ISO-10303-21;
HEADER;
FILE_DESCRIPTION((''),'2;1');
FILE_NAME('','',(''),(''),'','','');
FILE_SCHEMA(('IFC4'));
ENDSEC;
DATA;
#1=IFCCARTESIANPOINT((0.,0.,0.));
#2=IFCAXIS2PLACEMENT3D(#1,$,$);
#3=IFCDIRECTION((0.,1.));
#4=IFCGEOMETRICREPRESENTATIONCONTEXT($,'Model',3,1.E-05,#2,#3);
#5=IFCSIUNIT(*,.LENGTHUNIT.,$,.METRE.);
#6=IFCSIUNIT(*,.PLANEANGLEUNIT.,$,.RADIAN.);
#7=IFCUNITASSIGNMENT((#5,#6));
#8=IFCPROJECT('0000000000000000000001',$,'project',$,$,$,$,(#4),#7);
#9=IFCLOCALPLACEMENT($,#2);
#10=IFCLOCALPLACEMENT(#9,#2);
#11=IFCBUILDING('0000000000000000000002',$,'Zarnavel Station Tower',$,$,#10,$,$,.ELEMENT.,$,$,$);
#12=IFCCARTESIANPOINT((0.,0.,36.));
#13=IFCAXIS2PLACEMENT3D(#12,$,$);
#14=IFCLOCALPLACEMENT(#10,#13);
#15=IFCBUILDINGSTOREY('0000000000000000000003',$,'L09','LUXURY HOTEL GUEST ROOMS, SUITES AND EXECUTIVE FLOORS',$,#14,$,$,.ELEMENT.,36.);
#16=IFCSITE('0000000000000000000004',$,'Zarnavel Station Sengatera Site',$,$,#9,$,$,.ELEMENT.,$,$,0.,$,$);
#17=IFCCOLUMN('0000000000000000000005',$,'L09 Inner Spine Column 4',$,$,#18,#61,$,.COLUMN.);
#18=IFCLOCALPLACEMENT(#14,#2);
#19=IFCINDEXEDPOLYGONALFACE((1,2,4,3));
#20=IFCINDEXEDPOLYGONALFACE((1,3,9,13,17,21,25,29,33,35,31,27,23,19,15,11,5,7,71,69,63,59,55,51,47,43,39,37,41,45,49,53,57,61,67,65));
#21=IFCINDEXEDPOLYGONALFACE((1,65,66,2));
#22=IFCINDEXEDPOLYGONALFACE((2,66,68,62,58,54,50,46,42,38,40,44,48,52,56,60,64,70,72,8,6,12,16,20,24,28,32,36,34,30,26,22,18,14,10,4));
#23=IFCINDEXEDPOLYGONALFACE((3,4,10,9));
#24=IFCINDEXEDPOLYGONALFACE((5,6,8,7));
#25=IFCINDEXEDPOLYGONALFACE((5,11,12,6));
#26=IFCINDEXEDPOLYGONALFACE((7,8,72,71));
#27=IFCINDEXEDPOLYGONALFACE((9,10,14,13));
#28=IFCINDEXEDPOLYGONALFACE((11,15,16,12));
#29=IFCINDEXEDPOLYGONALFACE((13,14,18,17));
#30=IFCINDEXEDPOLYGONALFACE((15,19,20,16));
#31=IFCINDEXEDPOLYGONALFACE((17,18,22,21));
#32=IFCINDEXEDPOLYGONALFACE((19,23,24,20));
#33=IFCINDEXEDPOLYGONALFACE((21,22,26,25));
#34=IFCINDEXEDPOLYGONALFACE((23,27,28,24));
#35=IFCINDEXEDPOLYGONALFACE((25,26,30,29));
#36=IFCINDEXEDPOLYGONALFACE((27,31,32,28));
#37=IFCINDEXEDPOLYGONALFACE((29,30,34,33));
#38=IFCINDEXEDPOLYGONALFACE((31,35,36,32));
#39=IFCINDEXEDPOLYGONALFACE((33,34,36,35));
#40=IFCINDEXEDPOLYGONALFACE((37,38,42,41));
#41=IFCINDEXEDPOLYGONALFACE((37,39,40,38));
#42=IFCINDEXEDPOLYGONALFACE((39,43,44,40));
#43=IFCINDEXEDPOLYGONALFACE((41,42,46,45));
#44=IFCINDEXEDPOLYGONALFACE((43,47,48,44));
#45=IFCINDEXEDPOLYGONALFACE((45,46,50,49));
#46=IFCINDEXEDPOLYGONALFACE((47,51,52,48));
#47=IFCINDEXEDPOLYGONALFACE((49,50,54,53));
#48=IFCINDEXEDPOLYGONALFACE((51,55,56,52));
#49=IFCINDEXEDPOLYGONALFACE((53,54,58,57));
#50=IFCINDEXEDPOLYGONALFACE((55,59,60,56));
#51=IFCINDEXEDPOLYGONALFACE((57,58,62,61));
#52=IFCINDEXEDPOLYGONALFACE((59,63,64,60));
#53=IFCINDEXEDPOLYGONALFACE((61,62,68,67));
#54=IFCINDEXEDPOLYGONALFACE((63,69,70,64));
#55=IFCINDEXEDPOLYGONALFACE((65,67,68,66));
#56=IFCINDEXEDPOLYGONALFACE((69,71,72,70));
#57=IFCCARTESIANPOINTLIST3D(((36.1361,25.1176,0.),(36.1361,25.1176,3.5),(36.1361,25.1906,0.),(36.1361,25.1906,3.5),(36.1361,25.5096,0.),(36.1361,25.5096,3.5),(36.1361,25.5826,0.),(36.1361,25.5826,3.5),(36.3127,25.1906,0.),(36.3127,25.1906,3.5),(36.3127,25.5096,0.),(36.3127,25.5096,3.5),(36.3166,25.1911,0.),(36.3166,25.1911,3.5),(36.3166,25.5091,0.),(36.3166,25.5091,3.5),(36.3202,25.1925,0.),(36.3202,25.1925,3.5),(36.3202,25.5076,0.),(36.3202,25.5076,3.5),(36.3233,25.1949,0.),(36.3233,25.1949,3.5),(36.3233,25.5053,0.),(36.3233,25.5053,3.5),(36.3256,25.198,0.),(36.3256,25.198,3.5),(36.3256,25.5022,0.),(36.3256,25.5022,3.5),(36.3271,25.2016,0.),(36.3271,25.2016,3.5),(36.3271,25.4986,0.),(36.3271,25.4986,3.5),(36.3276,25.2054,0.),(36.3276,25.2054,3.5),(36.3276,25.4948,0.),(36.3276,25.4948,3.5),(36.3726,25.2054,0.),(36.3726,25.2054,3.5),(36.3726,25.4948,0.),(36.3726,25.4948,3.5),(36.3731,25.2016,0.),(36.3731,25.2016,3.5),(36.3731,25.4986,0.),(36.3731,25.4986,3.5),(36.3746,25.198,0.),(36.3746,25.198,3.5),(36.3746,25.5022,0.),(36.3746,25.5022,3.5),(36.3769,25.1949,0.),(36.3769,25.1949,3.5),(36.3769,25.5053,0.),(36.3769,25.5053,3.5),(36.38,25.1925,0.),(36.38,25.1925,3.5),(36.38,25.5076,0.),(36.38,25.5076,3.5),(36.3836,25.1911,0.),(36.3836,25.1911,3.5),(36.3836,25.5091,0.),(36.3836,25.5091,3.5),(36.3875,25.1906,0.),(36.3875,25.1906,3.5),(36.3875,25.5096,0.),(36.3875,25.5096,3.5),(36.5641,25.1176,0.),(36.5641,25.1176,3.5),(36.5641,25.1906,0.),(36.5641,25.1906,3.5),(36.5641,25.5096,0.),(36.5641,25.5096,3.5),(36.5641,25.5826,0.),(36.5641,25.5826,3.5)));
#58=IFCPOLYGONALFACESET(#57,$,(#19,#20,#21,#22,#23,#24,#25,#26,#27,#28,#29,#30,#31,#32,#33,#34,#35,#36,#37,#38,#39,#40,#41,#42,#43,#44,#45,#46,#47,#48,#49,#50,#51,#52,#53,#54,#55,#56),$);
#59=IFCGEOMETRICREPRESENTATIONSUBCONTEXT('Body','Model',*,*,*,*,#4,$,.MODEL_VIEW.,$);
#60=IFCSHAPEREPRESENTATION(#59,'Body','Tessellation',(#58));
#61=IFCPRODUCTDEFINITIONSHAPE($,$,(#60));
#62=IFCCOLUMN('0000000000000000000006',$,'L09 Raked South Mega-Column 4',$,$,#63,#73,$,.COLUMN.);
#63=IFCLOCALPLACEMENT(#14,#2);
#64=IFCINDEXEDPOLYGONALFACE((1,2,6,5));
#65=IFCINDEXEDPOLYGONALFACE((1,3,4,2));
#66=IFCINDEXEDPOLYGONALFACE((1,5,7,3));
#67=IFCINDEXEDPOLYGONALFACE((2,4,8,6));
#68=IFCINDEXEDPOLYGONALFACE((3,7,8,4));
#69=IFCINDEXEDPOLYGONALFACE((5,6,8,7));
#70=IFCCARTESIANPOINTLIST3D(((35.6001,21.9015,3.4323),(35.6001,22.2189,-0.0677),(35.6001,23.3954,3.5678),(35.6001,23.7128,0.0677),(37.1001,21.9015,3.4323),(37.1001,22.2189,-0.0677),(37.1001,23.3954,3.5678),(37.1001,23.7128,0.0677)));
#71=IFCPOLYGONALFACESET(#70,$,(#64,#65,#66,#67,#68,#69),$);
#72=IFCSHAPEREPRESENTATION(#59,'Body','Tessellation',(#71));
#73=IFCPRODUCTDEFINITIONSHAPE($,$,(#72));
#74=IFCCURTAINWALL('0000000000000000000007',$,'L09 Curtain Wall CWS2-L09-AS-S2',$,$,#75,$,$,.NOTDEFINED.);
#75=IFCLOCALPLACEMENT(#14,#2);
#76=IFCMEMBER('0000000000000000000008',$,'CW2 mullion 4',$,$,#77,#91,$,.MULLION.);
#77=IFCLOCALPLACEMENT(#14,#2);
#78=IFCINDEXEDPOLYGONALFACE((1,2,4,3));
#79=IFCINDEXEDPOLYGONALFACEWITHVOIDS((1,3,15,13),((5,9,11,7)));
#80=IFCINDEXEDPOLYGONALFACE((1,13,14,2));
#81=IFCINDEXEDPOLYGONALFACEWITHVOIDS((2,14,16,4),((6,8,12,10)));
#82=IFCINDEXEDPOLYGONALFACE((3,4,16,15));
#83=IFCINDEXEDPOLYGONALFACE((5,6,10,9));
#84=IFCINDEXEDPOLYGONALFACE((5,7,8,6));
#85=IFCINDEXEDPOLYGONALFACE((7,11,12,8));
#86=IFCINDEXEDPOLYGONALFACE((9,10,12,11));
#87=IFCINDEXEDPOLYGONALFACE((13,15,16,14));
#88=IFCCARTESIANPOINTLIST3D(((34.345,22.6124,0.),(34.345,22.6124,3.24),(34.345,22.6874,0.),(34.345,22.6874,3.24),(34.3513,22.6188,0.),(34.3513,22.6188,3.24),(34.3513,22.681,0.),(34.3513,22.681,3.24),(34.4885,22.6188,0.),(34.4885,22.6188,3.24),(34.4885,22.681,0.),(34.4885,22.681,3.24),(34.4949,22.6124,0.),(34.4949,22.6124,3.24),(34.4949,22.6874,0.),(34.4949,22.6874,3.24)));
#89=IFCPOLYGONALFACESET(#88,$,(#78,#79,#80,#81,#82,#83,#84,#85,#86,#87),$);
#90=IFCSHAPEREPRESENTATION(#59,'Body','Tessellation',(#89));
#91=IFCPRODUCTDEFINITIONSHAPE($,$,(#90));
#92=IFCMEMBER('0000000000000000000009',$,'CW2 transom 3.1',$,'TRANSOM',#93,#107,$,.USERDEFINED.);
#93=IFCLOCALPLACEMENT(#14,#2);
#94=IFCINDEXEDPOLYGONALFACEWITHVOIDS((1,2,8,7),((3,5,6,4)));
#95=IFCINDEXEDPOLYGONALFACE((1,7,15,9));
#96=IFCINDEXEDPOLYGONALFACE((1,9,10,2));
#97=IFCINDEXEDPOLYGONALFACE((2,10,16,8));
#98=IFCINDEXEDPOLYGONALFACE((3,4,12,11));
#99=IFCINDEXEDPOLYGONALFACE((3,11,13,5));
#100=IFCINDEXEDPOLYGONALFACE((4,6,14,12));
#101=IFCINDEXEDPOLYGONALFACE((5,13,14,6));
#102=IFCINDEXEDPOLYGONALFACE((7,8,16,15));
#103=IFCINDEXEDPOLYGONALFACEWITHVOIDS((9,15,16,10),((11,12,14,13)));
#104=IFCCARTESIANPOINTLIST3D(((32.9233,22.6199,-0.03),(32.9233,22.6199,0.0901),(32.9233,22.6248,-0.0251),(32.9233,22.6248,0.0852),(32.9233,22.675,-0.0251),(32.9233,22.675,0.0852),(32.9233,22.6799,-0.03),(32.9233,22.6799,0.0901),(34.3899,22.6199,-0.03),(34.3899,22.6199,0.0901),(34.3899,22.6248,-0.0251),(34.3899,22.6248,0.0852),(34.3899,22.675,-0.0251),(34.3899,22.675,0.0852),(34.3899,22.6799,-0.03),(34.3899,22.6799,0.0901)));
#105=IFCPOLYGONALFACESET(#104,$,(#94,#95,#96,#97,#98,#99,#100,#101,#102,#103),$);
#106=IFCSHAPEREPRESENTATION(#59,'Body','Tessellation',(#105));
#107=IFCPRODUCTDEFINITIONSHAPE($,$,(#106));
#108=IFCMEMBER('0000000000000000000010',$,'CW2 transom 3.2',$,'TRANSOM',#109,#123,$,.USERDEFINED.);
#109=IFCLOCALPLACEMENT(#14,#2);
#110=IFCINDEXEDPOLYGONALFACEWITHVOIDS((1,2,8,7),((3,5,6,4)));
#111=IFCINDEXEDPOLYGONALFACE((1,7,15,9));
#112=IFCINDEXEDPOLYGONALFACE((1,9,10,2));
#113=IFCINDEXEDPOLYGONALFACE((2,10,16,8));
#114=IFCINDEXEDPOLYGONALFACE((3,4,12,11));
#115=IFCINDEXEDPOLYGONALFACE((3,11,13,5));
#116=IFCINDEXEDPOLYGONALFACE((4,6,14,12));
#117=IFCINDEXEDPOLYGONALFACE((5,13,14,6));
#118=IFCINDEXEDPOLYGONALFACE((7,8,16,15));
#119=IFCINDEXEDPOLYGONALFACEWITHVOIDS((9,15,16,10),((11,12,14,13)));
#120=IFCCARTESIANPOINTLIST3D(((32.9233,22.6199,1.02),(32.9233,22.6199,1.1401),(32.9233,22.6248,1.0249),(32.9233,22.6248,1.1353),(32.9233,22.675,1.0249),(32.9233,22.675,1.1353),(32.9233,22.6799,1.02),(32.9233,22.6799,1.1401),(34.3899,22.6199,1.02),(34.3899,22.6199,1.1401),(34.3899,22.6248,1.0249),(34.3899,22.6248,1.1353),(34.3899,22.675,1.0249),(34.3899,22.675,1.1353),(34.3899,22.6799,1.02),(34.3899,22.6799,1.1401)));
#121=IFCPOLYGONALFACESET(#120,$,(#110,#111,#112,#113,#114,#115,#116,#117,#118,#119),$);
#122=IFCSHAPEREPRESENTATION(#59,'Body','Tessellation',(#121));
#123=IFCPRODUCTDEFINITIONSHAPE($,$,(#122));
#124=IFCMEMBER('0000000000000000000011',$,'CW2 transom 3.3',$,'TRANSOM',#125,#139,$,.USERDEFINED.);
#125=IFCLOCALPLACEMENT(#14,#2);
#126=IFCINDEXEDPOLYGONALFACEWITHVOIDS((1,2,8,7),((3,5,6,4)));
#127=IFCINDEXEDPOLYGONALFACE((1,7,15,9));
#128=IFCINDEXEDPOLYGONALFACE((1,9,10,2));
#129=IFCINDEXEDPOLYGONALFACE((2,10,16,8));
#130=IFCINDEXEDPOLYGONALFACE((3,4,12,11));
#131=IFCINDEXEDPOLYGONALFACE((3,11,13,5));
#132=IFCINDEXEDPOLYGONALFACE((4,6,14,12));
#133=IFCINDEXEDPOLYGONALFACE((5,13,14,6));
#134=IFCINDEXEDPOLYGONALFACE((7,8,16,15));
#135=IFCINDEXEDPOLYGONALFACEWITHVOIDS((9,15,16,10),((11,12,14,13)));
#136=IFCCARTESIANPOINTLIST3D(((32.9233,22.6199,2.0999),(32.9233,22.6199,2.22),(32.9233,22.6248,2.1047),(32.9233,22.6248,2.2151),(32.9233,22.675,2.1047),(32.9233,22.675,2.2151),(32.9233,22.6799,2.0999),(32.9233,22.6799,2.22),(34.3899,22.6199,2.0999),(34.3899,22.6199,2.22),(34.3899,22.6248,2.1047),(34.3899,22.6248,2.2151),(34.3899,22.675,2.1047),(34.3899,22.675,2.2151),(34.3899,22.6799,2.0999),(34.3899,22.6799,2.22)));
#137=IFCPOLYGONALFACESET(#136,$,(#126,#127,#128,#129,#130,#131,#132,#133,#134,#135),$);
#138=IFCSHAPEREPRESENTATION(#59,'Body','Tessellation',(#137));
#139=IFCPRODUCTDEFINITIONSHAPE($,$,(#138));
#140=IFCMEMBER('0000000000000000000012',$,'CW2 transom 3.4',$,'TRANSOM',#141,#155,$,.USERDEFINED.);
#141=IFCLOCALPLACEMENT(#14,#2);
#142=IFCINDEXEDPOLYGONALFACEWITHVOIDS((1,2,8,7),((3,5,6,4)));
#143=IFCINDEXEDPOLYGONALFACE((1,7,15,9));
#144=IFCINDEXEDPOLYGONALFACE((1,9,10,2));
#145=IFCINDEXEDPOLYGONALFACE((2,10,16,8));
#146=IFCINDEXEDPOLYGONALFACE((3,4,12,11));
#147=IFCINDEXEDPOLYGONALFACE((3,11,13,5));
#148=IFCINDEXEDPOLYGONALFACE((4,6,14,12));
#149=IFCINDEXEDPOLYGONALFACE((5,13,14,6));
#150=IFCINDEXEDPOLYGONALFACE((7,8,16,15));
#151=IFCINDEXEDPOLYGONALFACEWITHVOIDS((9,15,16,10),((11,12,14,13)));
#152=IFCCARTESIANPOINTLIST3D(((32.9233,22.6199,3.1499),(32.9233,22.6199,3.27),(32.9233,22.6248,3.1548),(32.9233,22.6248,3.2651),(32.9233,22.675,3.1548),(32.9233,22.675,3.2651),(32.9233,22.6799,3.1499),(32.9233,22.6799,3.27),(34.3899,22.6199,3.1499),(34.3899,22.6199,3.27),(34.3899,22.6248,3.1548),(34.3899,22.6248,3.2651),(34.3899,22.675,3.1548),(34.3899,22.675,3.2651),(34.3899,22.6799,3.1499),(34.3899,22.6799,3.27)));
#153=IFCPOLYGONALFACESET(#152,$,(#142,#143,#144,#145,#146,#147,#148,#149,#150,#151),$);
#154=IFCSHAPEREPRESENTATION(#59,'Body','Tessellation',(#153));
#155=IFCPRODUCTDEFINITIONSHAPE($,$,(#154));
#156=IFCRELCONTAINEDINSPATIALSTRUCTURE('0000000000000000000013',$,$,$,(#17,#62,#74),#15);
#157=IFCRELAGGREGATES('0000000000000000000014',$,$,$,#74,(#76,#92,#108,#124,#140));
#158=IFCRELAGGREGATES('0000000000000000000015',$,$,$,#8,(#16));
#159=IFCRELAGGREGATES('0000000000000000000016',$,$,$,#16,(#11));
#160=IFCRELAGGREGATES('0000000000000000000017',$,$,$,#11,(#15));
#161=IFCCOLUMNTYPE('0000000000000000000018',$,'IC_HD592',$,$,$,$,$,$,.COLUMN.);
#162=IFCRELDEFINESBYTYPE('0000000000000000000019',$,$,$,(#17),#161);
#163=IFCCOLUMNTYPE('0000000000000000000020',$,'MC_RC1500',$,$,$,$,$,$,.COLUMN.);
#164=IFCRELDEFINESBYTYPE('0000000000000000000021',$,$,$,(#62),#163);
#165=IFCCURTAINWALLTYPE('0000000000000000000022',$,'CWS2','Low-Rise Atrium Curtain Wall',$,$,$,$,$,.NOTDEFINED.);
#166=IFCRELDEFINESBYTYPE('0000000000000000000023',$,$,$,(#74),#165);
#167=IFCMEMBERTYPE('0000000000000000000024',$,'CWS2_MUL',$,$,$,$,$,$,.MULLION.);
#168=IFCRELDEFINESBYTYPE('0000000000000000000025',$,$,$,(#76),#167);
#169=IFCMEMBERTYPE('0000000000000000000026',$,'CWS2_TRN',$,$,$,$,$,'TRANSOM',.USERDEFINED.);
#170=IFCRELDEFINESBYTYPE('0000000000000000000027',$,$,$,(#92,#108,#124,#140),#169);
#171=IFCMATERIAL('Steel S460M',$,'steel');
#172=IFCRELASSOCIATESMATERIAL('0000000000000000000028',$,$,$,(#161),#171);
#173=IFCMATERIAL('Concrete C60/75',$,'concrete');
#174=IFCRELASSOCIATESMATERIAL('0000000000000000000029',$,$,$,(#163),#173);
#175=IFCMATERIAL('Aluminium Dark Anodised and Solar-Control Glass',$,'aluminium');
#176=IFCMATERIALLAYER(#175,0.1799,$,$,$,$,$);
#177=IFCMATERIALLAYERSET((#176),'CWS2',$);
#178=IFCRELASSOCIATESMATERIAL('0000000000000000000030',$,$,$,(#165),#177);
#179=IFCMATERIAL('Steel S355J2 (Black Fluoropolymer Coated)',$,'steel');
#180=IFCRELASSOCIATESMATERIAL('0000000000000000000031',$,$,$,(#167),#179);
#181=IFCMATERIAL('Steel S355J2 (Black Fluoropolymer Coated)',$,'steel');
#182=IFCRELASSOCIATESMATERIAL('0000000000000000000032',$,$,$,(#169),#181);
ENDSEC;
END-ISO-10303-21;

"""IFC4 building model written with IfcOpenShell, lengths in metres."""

from ifc_helpers import new_model, si_unit, direction, frame, origin, origin_2d, place, context, subcontext, project, spatial, rectangle, hollow_rectangle, i_section, extrude, material, layer, layer_set, material_profile, profile_set, type_object, element, aggregate, save


model = new_model("IFC4")

# Units and contexts
model_context = context("Model", 3, precision=1e-05, world=origin(), true_north=direction((0.0, 1.0)))
body_context = subcontext(model_context, "Body", "Model", "MODEL_VIEW")
ifc_project = project(units=[si_unit("LENGTHUNIT", "METRE"), si_unit("PLANEANGLEUNIT", "RADIAN")], contexts=[model_context])

# Site, building, storey
site_placement = place(None, origin())
site = spatial("IfcSite", under=ifc_project, at=site_placement, Name="Zarnavel Station Sengatera Site", CompositionType="ELEMENT", RefElevation=0.0)
building_placement = place(site_placement, origin())
building = spatial("IfcBuilding", under=site, at=building_placement, Name="Zarnavel Station Tower", CompositionType="ELEMENT")
storey_placement = place(building_placement, frame((0.0, 0.0, 36.0)))
storey = spatial("IfcBuildingStorey", under=building, at=storey_placement, Name="L09", Description="LUXURY HOTEL GUEST ROOMS, SUITES AND EXECUTIVE FLOORS", CompositionType="ELEMENT", Elevation=36.0)

# Columns
ifc_material_1 = material(Name="Steel S460M", Category="steel")
ifc_material_profile_1 = material_profile(ifc_material_1, i_section(OverallWidth=0.428, OverallDepth=0.4651, WebThickness=0.0449, FlangeThickness=0.073, FilletRadius=0.0149, at=origin_2d()), Name="HD400x592")
ifc_profile_set_1 = profile_set([ifc_material_profile_1], Name="Steel S460M")
column_type_1 = type_object("IfcColumnType", Name="IC_HD592", PredefinedType="COLUMN", material=ifc_profile_set_1)
column_1_placement = place(storey_placement, frame((36.3501, 25.3501, 0.0), z_axis=(0.0, 0.0, 1.0), x_axis=(1.0, 0.0, 0.0)))
element("IfcColumn", 1, at=column_1_placement, inside=storey, type_object=column_type_1, Name="L09 Inner Spine Column 4", PredefinedType="COLUMN", context=body_context, shape_type="SweptSolid", body=[
    extrude(i_section(OverallWidth=0.428, OverallDepth=0.4651, WebThickness=0.0449, FlangeThickness=0.073, FilletRadius=0.0149, at=origin_2d()), origin(), (0.0, 0.0, 1.0), 3.5),
])
ifc_material_2 = material(Name="Concrete C60/75", Category="concrete")
ifc_material_profile_2 = material_profile(ifc_material_2, rectangle(XDim=1.5, YDim=1.5, at=origin_2d()), Name="RC1500x1500")
ifc_profile_set_2 = profile_set([ifc_material_profile_2], Name="Concrete C60/75")
column_type_2 = type_object("IfcColumnType", Name="MC_RC1500", PredefinedType="COLUMN", material=ifc_profile_set_2)
column_2_placement = place(storey_placement, frame((36.3501, 22.9658, 0.0), z_axis=(0.0, -0.09031, 0.995914), x_axis=(1.0, 0.0, 0.0)))
element("IfcColumn", 2, at=column_2_placement, inside=storey, type_object=column_type_2, Name="L09 Raked South Mega-Column 4", PredefinedType="COLUMN", context=body_context, shape_type="SweptSolid", body=[
    extrude(rectangle(XDim=1.5, YDim=1.5, at=origin_2d()), origin(), (0.0, 0.0, 1.0), 3.5144),
])

# Curtain wall, members
ifc_material_3 = material(Name="Aluminium Dark Anodised and Solar-Control Glass", Category="aluminium")
ifc_layer_1 = layer(ifc_material_3, 0.1799)
ifc_layer_set_1 = layer_set([ifc_layer_1], Name="CWS2")
curtain_wall_type = type_object("IfcCurtainWallType", Name="CWS2", Description="Low-Rise Atrium Curtain Wall", PredefinedType="NOTDEFINED", material=ifc_layer_set_1)
curtain_wall_placement = place(storey_placement, origin())
curtain_wall = element("IfcCurtainWall", 3, at=curtain_wall_placement, inside=storey, type_object=curtain_wall_type, Name="L09 Curtain Wall CWS2-L09-AS-S2", PredefinedType="NOTDEFINED")
ifc_material_4 = material(Name="Steel S355J2 (Black Fluoropolymer Coated)", Category="steel")
ifc_material_profile_3 = material_profile(ifc_material_4, hollow_rectangle(XDim=0.075, YDim=0.1499, WallThickness=0.0063, at=origin_2d()), Name="RHS150x75x6.3")
ifc_profile_set_3 = profile_set([ifc_material_profile_3], Name="Steel S355J2 (Black Fluoropolymer Coated)")
member_type_1 = type_object("IfcMemberType", Name="CWS2_MUL", PredefinedType="MULLION", material=ifc_profile_set_3)
member_1_placement = place(storey_placement, frame((34.4199, 22.6499, 0.0), z_axis=(0.0, 0.0, 1.0), x_axis=(0.0, 1.0, 0.0)))
member_1 = element("IfcMember", 4, at=member_1_placement, type_object=member_type_1, Name="CW2 mullion 4", PredefinedType="MULLION", context=body_context, shape_type="SweptSolid", body=[
    extrude(hollow_rectangle(XDim=0.075, YDim=0.1499, WallThickness=0.0063, at=origin_2d()), origin(), (0.0, 0.0, 1.0), 3.24),
])
ifc_material_5 = material(Name="Steel S355J2 (Black Fluoropolymer Coated)", Category="steel")
ifc_material_profile_4 = material_profile(ifc_material_5, hollow_rectangle(XDim=0.0601, YDim=0.1201, WallThickness=0.0049, at=origin_2d()), Name="RHS120x60x5")
ifc_profile_set_4 = profile_set([ifc_material_profile_4], Name="Steel S355J2 (Black Fluoropolymer Coated)")
member_type_2 = type_object("IfcMemberType", Name="CWS2_TRN", ElementType="TRANSOM", PredefinedType="USERDEFINED", material=ifc_profile_set_4)
member_2_placement = place(storey_placement, frame((32.9233, 22.6499, 0.03), z_axis=(1.0, 0.0, 0.0), x_axis=(0.0, 1.0, 0.0)))
member_2 = element("IfcMember", 5, at=member_2_placement, type_object=member_type_2, Name="CW2 transom 3.1", ObjectType="TRANSOM", PredefinedType="USERDEFINED", context=body_context, shape_type="SweptSolid", body=[
    extrude(hollow_rectangle(XDim=0.0601, YDim=0.1201, WallThickness=0.0049, at=origin_2d()), origin(), (0.0, 0.0, 1.0), 1.4666),
])
member_3_placement = place(storey_placement, frame((32.9233, 22.6499, 1.0801), z_axis=(1.0, 0.0, 0.0), x_axis=(0.0, 1.0, 0.0)))
member_3 = element("IfcMember", 6, at=member_3_placement, type_object=member_type_2, Name="CW2 transom 3.2", ObjectType="TRANSOM", PredefinedType="USERDEFINED", context=body_context, shape_type="SweptSolid", body=[
    extrude(hollow_rectangle(XDim=0.0601, YDim=0.1201, WallThickness=0.0049, at=origin_2d()), origin(), (0.0, 0.0, 1.0), 1.4666),
])
member_4_placement = place(storey_placement, frame((32.9233, 22.6499, 2.1599), z_axis=(1.0, 0.0, 0.0), x_axis=(0.0, 1.0, 0.0)))
member_4 = element("IfcMember", 7, at=member_4_placement, type_object=member_type_2, Name="CW2 transom 3.3", ObjectType="TRANSOM", PredefinedType="USERDEFINED", context=body_context, shape_type="SweptSolid", body=[
    extrude(hollow_rectangle(XDim=0.0601, YDim=0.1201, WallThickness=0.0049, at=origin_2d()), origin(), (0.0, 0.0, 1.0), 1.4666),
])
member_5_placement = place(storey_placement, frame((32.9233, 22.6499, 3.21), z_axis=(1.0, 0.0, 0.0), x_axis=(0.0, 1.0, 0.0)))
member_5 = element("IfcMember", 8, at=member_5_placement, type_object=member_type_2, Name="CW2 transom 3.4", ObjectType="TRANSOM", PredefinedType="USERDEFINED", context=body_context, shape_type="SweptSolid", body=[
    extrude(hollow_rectangle(XDim=0.0601, YDim=0.1201, WallThickness=0.0049, at=origin_2d()), origin(), (0.0, 0.0, 1.0), 1.4666),
])

aggregate(curtain_wall, [member_1, member_2, member_3, member_4, member_5])

save(model, "model.ifc")
